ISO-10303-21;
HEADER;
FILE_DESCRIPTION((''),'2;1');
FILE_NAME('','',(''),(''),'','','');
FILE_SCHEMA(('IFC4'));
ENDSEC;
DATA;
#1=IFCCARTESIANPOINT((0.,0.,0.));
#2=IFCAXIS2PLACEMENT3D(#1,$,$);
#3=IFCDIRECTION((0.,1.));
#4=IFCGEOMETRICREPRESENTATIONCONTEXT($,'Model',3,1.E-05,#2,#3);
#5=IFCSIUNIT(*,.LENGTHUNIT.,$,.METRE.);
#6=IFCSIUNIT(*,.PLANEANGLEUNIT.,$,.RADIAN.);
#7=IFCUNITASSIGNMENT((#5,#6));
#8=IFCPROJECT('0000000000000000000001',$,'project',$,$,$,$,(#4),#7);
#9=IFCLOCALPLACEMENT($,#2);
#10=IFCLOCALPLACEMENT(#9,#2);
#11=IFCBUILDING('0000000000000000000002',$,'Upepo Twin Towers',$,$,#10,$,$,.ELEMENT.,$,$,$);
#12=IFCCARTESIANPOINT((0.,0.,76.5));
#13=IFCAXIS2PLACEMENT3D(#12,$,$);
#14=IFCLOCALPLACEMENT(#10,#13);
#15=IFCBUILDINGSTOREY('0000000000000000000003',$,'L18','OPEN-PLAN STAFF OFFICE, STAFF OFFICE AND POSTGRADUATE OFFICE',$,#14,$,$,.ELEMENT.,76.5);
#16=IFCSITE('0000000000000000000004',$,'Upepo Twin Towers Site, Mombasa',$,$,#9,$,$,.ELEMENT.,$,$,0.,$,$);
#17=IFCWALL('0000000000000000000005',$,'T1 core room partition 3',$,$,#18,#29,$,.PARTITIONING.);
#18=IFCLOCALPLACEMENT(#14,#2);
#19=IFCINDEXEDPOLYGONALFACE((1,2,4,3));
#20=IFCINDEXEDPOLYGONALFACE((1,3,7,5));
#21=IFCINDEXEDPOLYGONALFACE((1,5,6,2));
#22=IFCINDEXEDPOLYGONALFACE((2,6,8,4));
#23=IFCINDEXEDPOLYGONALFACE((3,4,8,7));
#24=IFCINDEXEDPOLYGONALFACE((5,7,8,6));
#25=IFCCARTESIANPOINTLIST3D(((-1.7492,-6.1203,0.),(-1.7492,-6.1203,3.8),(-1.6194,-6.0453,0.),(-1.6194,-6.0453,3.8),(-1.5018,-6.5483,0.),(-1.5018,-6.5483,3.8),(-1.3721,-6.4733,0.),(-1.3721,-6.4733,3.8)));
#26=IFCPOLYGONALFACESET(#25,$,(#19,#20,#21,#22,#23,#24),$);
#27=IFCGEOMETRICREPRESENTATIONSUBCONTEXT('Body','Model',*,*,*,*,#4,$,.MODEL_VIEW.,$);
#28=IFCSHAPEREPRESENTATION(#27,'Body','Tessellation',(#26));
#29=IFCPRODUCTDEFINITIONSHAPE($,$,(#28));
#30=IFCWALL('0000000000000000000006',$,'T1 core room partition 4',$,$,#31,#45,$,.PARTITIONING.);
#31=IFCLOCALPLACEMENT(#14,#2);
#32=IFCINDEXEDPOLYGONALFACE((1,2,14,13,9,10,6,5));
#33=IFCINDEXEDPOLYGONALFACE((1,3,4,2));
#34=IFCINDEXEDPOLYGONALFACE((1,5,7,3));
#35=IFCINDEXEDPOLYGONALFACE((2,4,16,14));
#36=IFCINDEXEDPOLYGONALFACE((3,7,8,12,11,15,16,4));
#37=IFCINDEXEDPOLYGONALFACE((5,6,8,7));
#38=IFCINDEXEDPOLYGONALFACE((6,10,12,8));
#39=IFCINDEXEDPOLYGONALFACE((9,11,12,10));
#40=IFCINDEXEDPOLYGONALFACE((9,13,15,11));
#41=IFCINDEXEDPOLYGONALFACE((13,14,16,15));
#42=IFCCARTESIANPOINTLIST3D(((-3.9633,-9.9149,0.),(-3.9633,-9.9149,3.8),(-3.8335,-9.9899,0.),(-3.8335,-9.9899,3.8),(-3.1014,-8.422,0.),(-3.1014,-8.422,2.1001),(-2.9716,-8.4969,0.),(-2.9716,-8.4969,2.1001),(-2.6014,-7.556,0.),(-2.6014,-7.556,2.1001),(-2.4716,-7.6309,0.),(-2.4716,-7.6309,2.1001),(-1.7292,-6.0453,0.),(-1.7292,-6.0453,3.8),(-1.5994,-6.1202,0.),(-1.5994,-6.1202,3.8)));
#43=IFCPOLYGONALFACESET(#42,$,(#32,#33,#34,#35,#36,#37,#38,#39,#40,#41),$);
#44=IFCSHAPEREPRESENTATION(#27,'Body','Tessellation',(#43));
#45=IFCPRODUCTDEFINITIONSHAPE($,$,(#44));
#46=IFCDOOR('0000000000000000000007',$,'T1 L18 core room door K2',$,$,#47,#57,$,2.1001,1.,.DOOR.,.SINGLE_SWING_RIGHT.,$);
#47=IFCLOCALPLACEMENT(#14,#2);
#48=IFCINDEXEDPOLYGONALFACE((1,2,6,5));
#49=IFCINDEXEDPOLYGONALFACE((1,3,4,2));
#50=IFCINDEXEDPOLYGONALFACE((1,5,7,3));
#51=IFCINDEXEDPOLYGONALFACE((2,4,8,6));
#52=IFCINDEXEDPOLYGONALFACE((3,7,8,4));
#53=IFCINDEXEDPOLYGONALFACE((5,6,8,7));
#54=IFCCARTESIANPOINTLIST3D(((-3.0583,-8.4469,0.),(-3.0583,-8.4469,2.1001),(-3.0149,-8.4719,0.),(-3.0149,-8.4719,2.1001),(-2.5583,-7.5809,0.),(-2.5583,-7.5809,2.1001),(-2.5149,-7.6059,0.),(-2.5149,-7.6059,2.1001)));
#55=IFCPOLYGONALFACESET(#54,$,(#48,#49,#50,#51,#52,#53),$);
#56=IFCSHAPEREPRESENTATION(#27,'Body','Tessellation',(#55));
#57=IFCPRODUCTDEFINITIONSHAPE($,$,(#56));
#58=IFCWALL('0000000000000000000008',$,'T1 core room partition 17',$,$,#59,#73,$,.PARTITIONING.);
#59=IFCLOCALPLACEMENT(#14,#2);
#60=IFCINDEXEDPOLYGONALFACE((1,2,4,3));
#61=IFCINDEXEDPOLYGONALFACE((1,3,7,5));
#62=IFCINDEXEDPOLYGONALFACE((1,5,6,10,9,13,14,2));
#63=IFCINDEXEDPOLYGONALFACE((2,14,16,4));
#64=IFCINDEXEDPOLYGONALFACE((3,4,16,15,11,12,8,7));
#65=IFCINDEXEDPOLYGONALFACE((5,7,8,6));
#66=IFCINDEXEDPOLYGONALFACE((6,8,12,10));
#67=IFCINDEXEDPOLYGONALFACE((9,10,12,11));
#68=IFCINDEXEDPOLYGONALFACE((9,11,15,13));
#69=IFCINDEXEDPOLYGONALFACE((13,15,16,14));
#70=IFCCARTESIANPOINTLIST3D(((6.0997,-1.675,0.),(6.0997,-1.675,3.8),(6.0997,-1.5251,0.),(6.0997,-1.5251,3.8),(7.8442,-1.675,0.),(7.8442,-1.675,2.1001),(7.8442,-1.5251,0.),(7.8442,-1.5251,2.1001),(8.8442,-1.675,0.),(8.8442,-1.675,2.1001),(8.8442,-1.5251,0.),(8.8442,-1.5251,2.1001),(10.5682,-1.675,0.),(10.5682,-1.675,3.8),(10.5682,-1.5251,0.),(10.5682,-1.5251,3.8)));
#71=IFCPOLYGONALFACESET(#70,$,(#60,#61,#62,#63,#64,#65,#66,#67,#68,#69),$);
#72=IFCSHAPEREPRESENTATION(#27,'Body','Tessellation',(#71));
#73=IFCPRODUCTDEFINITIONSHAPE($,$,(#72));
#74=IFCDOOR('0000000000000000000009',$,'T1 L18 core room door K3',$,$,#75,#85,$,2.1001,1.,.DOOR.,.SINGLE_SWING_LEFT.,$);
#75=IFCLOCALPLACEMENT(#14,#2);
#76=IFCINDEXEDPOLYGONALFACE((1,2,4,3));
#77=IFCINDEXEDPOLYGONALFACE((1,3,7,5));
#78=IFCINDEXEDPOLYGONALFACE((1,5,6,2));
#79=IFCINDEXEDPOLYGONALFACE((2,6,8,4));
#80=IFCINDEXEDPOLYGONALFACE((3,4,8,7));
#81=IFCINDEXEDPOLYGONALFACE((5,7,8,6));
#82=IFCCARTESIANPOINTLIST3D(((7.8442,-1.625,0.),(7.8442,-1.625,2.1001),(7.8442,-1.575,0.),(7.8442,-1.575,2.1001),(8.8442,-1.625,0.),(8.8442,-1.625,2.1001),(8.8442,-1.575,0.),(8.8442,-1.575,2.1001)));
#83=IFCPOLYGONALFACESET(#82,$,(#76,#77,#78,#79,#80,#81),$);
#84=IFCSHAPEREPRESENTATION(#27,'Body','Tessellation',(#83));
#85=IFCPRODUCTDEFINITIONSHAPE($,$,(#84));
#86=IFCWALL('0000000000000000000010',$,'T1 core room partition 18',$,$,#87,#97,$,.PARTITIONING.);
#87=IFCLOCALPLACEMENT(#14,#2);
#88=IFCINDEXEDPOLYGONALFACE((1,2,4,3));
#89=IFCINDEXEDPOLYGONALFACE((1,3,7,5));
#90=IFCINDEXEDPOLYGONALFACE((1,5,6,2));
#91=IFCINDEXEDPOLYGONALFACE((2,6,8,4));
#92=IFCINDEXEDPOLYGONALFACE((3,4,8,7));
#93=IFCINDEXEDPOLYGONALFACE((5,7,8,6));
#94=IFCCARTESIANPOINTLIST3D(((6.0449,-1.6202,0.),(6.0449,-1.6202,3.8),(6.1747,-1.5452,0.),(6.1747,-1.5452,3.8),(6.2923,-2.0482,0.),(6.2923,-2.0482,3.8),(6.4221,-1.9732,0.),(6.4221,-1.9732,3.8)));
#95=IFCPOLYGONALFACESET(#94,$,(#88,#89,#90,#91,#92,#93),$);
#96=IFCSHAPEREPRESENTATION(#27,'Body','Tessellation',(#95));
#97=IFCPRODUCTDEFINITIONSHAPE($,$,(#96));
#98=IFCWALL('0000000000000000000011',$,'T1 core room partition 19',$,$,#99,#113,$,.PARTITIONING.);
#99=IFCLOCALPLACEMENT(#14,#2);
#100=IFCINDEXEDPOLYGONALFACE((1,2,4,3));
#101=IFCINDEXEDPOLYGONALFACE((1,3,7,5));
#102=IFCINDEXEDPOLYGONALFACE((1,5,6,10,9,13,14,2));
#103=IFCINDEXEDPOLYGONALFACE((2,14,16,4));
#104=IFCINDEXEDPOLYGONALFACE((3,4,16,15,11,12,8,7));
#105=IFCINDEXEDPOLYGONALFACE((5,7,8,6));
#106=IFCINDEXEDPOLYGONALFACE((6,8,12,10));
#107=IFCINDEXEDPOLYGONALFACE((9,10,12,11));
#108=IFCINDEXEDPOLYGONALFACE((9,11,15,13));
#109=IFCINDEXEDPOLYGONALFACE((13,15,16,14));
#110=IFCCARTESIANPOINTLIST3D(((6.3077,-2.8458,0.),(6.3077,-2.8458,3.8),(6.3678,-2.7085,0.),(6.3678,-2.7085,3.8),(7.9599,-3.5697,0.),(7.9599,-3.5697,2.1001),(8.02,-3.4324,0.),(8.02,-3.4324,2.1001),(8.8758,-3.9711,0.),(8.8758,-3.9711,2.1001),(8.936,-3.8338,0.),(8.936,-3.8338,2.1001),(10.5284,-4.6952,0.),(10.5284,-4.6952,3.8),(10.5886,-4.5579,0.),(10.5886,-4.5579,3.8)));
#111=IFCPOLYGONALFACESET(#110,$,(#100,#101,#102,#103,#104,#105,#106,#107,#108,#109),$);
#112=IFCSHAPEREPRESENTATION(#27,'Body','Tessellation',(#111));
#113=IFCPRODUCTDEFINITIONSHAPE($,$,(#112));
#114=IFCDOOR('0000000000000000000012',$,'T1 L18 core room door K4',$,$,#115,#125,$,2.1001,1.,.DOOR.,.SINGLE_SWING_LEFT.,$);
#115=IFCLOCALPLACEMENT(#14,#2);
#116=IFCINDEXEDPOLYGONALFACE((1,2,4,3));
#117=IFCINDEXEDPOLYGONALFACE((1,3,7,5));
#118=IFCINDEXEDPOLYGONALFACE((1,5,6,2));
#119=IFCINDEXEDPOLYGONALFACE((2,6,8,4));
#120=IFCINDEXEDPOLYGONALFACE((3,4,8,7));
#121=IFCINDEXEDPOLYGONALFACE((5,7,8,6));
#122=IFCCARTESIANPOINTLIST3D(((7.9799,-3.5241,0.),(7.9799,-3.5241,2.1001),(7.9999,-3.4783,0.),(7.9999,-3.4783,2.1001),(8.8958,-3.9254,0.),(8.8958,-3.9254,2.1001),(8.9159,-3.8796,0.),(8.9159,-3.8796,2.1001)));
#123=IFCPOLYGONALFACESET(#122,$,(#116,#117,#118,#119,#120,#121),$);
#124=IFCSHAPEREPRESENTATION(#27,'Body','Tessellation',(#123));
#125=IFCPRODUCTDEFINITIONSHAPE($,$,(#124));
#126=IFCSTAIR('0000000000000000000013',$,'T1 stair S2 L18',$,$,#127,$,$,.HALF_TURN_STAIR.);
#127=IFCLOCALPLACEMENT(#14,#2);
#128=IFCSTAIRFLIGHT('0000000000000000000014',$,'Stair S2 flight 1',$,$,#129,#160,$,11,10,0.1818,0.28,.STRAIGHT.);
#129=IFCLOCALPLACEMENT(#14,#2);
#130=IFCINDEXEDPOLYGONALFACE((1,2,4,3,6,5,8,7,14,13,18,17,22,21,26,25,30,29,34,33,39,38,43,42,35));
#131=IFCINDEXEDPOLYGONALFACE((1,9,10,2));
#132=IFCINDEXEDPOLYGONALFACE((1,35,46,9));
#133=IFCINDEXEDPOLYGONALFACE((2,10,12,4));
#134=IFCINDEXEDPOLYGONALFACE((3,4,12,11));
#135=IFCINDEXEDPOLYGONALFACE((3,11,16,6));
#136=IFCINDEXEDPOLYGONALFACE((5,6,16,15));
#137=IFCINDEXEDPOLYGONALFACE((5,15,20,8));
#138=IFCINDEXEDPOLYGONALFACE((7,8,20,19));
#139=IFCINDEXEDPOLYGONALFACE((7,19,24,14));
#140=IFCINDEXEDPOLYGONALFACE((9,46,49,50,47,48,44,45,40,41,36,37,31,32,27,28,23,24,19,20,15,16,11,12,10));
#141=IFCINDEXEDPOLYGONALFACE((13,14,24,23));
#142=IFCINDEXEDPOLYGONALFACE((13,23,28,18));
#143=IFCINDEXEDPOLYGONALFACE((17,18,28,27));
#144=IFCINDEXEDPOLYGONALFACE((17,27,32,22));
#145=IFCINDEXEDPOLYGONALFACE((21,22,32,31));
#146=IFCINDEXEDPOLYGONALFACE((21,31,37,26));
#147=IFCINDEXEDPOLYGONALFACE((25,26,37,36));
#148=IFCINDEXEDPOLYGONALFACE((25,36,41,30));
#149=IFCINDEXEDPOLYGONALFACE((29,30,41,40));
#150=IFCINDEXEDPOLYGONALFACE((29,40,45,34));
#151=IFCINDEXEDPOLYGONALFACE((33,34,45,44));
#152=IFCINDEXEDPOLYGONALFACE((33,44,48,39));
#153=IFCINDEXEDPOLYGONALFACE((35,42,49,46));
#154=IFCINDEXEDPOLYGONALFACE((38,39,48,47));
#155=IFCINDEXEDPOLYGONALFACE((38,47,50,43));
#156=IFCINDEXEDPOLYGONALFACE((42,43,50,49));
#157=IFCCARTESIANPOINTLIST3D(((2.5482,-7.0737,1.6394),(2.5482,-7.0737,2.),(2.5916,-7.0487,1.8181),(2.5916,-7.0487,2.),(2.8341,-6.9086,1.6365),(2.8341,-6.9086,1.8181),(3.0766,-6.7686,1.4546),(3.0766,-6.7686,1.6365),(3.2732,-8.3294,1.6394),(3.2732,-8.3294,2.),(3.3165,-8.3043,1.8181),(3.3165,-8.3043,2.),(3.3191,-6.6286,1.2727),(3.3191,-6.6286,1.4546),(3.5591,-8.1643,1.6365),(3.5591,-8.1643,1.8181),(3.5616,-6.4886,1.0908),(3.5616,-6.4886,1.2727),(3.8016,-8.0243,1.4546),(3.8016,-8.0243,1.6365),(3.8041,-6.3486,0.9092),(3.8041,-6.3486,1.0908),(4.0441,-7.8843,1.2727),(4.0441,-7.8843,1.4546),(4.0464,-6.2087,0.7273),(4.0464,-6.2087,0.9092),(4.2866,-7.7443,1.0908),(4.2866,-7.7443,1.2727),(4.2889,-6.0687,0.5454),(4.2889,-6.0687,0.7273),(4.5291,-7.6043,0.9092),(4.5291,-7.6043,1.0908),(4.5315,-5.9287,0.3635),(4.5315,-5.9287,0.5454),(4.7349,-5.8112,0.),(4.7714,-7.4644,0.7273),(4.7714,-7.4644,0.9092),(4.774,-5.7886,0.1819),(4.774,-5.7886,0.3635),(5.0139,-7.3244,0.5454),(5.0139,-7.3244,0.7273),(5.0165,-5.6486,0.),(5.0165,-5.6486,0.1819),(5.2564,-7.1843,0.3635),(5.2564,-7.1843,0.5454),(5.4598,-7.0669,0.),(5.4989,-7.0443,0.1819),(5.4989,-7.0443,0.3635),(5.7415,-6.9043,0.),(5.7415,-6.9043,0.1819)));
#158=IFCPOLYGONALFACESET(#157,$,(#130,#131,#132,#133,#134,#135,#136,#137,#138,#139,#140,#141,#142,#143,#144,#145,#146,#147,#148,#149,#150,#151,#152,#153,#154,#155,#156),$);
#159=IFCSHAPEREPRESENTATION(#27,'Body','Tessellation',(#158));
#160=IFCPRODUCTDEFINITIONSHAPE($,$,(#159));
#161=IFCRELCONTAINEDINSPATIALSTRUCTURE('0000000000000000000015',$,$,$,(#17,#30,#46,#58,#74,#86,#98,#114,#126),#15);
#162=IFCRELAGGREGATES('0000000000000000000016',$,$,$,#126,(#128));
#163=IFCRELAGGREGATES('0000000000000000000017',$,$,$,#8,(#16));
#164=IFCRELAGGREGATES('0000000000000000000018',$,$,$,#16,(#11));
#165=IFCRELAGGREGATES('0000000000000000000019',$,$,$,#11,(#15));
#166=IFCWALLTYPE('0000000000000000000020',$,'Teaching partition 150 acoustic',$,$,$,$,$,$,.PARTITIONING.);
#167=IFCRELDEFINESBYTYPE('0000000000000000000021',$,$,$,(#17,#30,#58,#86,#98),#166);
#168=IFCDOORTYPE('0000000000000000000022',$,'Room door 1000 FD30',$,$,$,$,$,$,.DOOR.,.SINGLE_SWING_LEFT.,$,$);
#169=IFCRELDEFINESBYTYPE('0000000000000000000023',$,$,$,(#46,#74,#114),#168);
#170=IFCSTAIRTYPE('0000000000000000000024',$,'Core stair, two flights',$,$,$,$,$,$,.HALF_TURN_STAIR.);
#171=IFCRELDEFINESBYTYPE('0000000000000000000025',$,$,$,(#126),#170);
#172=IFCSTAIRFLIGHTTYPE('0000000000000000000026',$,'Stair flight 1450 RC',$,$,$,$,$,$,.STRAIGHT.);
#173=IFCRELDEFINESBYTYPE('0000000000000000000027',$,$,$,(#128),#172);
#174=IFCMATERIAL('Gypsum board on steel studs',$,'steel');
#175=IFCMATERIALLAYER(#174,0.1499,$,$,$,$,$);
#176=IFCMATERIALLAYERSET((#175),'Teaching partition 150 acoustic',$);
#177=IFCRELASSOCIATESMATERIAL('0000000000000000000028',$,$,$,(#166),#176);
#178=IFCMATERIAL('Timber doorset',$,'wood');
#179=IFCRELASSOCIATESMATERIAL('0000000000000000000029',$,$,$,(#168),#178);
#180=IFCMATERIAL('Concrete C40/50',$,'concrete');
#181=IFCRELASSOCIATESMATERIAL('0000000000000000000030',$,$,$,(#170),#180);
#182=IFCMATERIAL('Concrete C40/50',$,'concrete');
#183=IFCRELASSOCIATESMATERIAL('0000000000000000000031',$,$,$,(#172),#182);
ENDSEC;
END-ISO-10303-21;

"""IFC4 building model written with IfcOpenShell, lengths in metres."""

from ifc_helpers import new_model, si_unit, direction, frame, frame_2d, origin, place, context, subcontext, project, spatial, polyline, rectangle, outline, extrude, material, layer, layer_set, type_object, element, fill, aggregate, save


model = new_model("IFC4")

# Units and contexts
model_context = context("Model", 3, precision=1e-05, world=origin(), true_north=direction((0.0, 1.0)))
body_context = subcontext(model_context, "Body", "Model", "MODEL_VIEW")
ifc_project = project(units=[si_unit("LENGTHUNIT", "METRE"), si_unit("PLANEANGLEUNIT", "RADIAN")], contexts=[model_context])

# Site, building, storey
site_placement = place(None, origin())
site = spatial("IfcSite", under=ifc_project, at=site_placement, Name="Upepo Twin Towers Site, Mombasa", CompositionType="ELEMENT", RefElevation=0.0)
building_placement = place(site_placement, origin())
building = spatial("IfcBuilding", under=site, at=building_placement, Name="Upepo Twin Towers", CompositionType="ELEMENT")
storey_placement = place(building_placement, frame((0.0, 0.0, 76.5)))
storey = spatial("IfcBuildingStorey", under=building, at=storey_placement, Name="L18", Description="OPEN-PLAN STAFF OFFICE, STAFF OFFICE AND POSTGRADUATE OFFICE", CompositionType="ELEMENT", Elevation=76.5)

# Wall
ifc_material_1 = material(Name="Gypsum board on steel studs", Category="steel")
ifc_layer_1 = layer(ifc_material_1, 0.1499)
ifc_layer_set_1 = layer_set([ifc_layer_1], Name="Teaching partition 150 acoustic")
wall_type_1 = type_object("IfcWallType", Name="Teaching partition 150 acoustic", PredefinedType="PARTITIONING", material=ifc_layer_set_1)
wall_1_placement = place(storey_placement, frame((-1.437, -6.5107, 0.0), z_axis=(0.0, 0.0, 1.0), x_axis=(-0.500335, 0.865832, 0.0)))
element("IfcWall", 1, at=wall_1_placement, inside=storey, type_object=wall_type_1, Name="T1 core room partition 3", PredefinedType="PARTITIONING", context=body_context, shape_type="SweptSolid", body=[
    extrude(rectangle(XDim=0.4944, YDim=0.1499, at=frame_2d((0.2471, 0.0))), origin(), (0.0, 0.0, 1.0), 3.8),
])

# Walls, openings, doors
wall_2_placement = place(storey_placement, frame((-1.6643, -6.0828, 0.0), z_axis=(0.0, 0.0, 1.0), x_axis=(-0.5, -0.866025, 0.0)))
wall_2 = element("IfcWall", 2, at=wall_2_placement, inside=storey, type_object=wall_type_1, Name="T1 core room partition 4", PredefinedType="PARTITIONING", context=body_context, shape_type="SweptSolid", body=[
    extrude(rectangle(XDim=4.4683, YDim=0.1499, at=frame_2d((2.2341, 0.0))), origin(), (0.0, 0.0, 1.0), 3.8),
])
opening_1_placement = place(wall_2_placement, frame((1.7444, 0.0, 0.0)))
opening_1 = element("IfcOpeningElement", 3, at=opening_1_placement, cuts=wall_2, PredefinedType="OPENING", context=body_context, shape_type="SweptSolid", body=[
    extrude(rectangle(XDim=1.0, YDim=2.1001, at=frame_2d((0.5, 1.05))), frame((0.0, 0.085, 0.0), z_axis=(0.0, -1.0, 0.0), x_axis=(1.0, 0.0, 0.0)), (0.0, 0.0, 1.0), 0.1699),
])
ifc_material_2 = material(Name="Timber doorset", Category="wood")
door_type_1 = type_object("IfcDoorType", Name="Room door 1000 FD30", OperationType="SINGLE_SWING_LEFT", PredefinedType="DOOR", material=ifc_material_2)
door_1_placement = place(opening_1_placement, origin())
door_1 = element("IfcDoor", 4, at=door_1_placement, inside=storey, type_object=door_type_1, Name="T1 L18 core room door K2", OperationType="SINGLE_SWING_RIGHT", OverallHeight=2.1001, OverallWidth=1.0, PredefinedType="DOOR", context=body_context, shape_type="SweptSolid", body=[
    extrude(rectangle(XDim=1.0, YDim=2.1001, at=frame_2d((0.5, 1.05))), frame((0.0, 0.0249, 0.0), z_axis=(0.0, -1.0, 0.0), x_axis=(1.0, 0.0, 0.0)), (0.0, 0.0, 1.0), 0.05),
])
fill(opening_1, door_1)
wall_3_placement = place(storey_placement, frame((10.5684, -1.6001, 0.0), z_axis=(0.0, 0.0, 1.0), x_axis=(-1.0, 0.0, 0.0)))
wall_3 = element("IfcWall", 5, at=wall_3_placement, inside=storey, type_object=wall_type_1, Name="T1 core room partition 17", PredefinedType="PARTITIONING", context=body_context, shape_type="SweptSolid", body=[
    extrude(rectangle(XDim=4.4685, YDim=0.1499, at=frame_2d((2.2344, 0.0))), origin(), (0.0, 0.0, 1.0), 3.8),
])
opening_2_placement = place(wall_3_placement, frame((1.7241, 0.0, 0.0)))
opening_2 = element("IfcOpeningElement", 6, at=opening_2_placement, cuts=wall_3, PredefinedType="OPENING", context=body_context, shape_type="SweptSolid", body=[
    extrude(rectangle(XDim=1.0, YDim=2.1001, at=frame_2d((0.5, 1.05))), frame((0.0, 0.085, 0.0), z_axis=(0.0, -1.0, 0.0), x_axis=(1.0, 0.0, 0.0)), (0.0, 0.0, 1.0), 0.1699),
])
door_2_placement = place(opening_2_placement, origin())
door_2 = element("IfcDoor", 7, at=door_2_placement, inside=storey, type_object=door_type_1, Name="T1 L18 core room door K3", OperationType="SINGLE_SWING_LEFT", OverallHeight=2.1001, OverallWidth=1.0, PredefinedType="DOOR", context=body_context, shape_type="SweptSolid", body=[
    extrude(rectangle(XDim=1.0, YDim=2.1001, at=frame_2d((0.5, 1.05))), frame((0.0, 0.0249, 0.0), z_axis=(0.0, -1.0, 0.0), x_axis=(1.0, 0.0, 0.0)), (0.0, 0.0, 1.0), 0.05),
])
fill(opening_2, door_2)

# Wall
wall_4_placement = place(storey_placement, frame((6.1099, -1.5828, 0.0), z_axis=(0.0, 0.0, 1.0), x_axis=(0.500335, -0.865832, 0.0)))
element("IfcWall", 8, at=wall_4_placement, inside=storey, type_object=wall_type_1, Name="T1 core room partition 18", PredefinedType="PARTITIONING", context=body_context, shape_type="SweptSolid", body=[
    extrude(rectangle(XDim=0.4944, YDim=0.1499, at=frame_2d((0.2471, 0.0))), origin(), (0.0, 0.0, 1.0), 3.8),
])

# Wall, opening, door
wall_5_placement = place(storey_placement, frame((6.3376, -2.7771, 0.0), z_axis=(0.0, 0.0, 1.0), x_axis=(0.915933, -0.40133, 0.0)))
wall_5 = element("IfcWall", 9, at=wall_5_placement, inside=storey, type_object=wall_type_1, Name="T1 core room partition 19", PredefinedType="PARTITIONING", context=body_context, shape_type="SweptSolid", body=[
    extrude(rectangle(XDim=4.6082, YDim=0.1499, at=frame_2d((2.3042, 0.0))), origin(), (0.0, 0.0, 1.0), 3.8),
])
opening_3_placement = place(wall_5_placement, frame((1.804, 0.0, 0.0)))
opening_3 = element("IfcOpeningElement", 10, at=opening_3_placement, cuts=wall_5, PredefinedType="OPENING", context=body_context, shape_type="SweptSolid", body=[
    extrude(rectangle(XDim=1.0, YDim=2.1001, at=frame_2d((0.5, 1.05))), frame((0.0, 0.085, 0.0), z_axis=(0.0, -1.0, 0.0), x_axis=(1.0, 0.0, 0.0)), (0.0, 0.0, 1.0), 0.1699),
])
door_3_placement = place(opening_3_placement, origin())
door_3 = element("IfcDoor", 11, at=door_3_placement, inside=storey, type_object=door_type_1, Name="T1 L18 core room door K4", OperationType="SINGLE_SWING_LEFT", OverallHeight=2.1001, OverallWidth=1.0, PredefinedType="DOOR", context=body_context, shape_type="SweptSolid", body=[
    extrude(rectangle(XDim=1.0, YDim=2.1001, at=frame_2d((0.5, 1.05))), frame((0.0, 0.0249, 0.0), z_axis=(0.0, -1.0, 0.0), x_axis=(1.0, 0.0, 0.0)), (0.0, 0.0, 1.0), 0.05),
])
fill(opening_3, door_3)

# Stair, stair flight
ifc_material_3 = material(Name="Concrete C40/50", Category="concrete")
stair_type = type_object("IfcStairType", Name="Core stair, two flights", PredefinedType="HALF_TURN_STAIR", material=ifc_material_3)
stair_placement = place(storey_placement, origin())
stair = element("IfcStair", 12, at=stair_placement, inside=storey, type_object=stair_type, Name="T1 stair S2 L18", PredefinedType="HALF_TURN_STAIR")
ifc_material_4 = material(Name="Concrete C40/50", Category="concrete")
stair_flight_type = type_object("IfcStairFlightType", Name="Stair flight 1450 RC", PredefinedType="STRAIGHT", material=ifc_material_4)
stair_flight_placement = place(storey_placement, frame((5.3789, -6.2764, 0.0), z_axis=(0.0, 0.0, 1.0), x_axis=(-0.866025, -0.5, 0.0)))
stair_flight = element("IfcStairFlight", 13, at=stair_flight_placement, type_object=stair_flight_type, Name="Stair S2 flight 1", NumberOfRisers=11, NumberOfTreads=10, PredefinedType="STRAIGHT", RiserHeight=0.1818, TreadLength=0.28, context=body_context, shape_type="SweptSolid", body=[
    extrude(outline(polyline([(0.0, 0.0), (0.0, 0.1819), (0.28, 0.1819), (0.28, 0.3635), (0.5601, 0.3635), (0.5601, 0.5454), (0.8401, 0.5454), (0.8401, 0.7273), (1.1201, 0.7273), (1.1201, 0.9092), (1.3999, 0.9092), (1.3999, 1.0908), (1.6799, 1.0908), (1.6799, 1.2727), (1.96, 1.2727), (1.96, 1.4546), (2.24, 1.4546), (2.24, 1.6365), (2.52, 1.6365), (2.52, 1.8181), (2.8, 1.8181), (2.8, 2.0), (2.8501, 2.0), (2.8501, 1.6394), (0.3252, 0.0), (0.0, 0.0)])), frame((0.0, 0.7251, 0.0), z_axis=(0.0, -1.0, 0.0), x_axis=(1.0, 0.0, 0.0)), (0.0, 0.0, 1.0), 1.45),
])
aggregate(stair, [stair_flight])

save(model, "model.ifc")
